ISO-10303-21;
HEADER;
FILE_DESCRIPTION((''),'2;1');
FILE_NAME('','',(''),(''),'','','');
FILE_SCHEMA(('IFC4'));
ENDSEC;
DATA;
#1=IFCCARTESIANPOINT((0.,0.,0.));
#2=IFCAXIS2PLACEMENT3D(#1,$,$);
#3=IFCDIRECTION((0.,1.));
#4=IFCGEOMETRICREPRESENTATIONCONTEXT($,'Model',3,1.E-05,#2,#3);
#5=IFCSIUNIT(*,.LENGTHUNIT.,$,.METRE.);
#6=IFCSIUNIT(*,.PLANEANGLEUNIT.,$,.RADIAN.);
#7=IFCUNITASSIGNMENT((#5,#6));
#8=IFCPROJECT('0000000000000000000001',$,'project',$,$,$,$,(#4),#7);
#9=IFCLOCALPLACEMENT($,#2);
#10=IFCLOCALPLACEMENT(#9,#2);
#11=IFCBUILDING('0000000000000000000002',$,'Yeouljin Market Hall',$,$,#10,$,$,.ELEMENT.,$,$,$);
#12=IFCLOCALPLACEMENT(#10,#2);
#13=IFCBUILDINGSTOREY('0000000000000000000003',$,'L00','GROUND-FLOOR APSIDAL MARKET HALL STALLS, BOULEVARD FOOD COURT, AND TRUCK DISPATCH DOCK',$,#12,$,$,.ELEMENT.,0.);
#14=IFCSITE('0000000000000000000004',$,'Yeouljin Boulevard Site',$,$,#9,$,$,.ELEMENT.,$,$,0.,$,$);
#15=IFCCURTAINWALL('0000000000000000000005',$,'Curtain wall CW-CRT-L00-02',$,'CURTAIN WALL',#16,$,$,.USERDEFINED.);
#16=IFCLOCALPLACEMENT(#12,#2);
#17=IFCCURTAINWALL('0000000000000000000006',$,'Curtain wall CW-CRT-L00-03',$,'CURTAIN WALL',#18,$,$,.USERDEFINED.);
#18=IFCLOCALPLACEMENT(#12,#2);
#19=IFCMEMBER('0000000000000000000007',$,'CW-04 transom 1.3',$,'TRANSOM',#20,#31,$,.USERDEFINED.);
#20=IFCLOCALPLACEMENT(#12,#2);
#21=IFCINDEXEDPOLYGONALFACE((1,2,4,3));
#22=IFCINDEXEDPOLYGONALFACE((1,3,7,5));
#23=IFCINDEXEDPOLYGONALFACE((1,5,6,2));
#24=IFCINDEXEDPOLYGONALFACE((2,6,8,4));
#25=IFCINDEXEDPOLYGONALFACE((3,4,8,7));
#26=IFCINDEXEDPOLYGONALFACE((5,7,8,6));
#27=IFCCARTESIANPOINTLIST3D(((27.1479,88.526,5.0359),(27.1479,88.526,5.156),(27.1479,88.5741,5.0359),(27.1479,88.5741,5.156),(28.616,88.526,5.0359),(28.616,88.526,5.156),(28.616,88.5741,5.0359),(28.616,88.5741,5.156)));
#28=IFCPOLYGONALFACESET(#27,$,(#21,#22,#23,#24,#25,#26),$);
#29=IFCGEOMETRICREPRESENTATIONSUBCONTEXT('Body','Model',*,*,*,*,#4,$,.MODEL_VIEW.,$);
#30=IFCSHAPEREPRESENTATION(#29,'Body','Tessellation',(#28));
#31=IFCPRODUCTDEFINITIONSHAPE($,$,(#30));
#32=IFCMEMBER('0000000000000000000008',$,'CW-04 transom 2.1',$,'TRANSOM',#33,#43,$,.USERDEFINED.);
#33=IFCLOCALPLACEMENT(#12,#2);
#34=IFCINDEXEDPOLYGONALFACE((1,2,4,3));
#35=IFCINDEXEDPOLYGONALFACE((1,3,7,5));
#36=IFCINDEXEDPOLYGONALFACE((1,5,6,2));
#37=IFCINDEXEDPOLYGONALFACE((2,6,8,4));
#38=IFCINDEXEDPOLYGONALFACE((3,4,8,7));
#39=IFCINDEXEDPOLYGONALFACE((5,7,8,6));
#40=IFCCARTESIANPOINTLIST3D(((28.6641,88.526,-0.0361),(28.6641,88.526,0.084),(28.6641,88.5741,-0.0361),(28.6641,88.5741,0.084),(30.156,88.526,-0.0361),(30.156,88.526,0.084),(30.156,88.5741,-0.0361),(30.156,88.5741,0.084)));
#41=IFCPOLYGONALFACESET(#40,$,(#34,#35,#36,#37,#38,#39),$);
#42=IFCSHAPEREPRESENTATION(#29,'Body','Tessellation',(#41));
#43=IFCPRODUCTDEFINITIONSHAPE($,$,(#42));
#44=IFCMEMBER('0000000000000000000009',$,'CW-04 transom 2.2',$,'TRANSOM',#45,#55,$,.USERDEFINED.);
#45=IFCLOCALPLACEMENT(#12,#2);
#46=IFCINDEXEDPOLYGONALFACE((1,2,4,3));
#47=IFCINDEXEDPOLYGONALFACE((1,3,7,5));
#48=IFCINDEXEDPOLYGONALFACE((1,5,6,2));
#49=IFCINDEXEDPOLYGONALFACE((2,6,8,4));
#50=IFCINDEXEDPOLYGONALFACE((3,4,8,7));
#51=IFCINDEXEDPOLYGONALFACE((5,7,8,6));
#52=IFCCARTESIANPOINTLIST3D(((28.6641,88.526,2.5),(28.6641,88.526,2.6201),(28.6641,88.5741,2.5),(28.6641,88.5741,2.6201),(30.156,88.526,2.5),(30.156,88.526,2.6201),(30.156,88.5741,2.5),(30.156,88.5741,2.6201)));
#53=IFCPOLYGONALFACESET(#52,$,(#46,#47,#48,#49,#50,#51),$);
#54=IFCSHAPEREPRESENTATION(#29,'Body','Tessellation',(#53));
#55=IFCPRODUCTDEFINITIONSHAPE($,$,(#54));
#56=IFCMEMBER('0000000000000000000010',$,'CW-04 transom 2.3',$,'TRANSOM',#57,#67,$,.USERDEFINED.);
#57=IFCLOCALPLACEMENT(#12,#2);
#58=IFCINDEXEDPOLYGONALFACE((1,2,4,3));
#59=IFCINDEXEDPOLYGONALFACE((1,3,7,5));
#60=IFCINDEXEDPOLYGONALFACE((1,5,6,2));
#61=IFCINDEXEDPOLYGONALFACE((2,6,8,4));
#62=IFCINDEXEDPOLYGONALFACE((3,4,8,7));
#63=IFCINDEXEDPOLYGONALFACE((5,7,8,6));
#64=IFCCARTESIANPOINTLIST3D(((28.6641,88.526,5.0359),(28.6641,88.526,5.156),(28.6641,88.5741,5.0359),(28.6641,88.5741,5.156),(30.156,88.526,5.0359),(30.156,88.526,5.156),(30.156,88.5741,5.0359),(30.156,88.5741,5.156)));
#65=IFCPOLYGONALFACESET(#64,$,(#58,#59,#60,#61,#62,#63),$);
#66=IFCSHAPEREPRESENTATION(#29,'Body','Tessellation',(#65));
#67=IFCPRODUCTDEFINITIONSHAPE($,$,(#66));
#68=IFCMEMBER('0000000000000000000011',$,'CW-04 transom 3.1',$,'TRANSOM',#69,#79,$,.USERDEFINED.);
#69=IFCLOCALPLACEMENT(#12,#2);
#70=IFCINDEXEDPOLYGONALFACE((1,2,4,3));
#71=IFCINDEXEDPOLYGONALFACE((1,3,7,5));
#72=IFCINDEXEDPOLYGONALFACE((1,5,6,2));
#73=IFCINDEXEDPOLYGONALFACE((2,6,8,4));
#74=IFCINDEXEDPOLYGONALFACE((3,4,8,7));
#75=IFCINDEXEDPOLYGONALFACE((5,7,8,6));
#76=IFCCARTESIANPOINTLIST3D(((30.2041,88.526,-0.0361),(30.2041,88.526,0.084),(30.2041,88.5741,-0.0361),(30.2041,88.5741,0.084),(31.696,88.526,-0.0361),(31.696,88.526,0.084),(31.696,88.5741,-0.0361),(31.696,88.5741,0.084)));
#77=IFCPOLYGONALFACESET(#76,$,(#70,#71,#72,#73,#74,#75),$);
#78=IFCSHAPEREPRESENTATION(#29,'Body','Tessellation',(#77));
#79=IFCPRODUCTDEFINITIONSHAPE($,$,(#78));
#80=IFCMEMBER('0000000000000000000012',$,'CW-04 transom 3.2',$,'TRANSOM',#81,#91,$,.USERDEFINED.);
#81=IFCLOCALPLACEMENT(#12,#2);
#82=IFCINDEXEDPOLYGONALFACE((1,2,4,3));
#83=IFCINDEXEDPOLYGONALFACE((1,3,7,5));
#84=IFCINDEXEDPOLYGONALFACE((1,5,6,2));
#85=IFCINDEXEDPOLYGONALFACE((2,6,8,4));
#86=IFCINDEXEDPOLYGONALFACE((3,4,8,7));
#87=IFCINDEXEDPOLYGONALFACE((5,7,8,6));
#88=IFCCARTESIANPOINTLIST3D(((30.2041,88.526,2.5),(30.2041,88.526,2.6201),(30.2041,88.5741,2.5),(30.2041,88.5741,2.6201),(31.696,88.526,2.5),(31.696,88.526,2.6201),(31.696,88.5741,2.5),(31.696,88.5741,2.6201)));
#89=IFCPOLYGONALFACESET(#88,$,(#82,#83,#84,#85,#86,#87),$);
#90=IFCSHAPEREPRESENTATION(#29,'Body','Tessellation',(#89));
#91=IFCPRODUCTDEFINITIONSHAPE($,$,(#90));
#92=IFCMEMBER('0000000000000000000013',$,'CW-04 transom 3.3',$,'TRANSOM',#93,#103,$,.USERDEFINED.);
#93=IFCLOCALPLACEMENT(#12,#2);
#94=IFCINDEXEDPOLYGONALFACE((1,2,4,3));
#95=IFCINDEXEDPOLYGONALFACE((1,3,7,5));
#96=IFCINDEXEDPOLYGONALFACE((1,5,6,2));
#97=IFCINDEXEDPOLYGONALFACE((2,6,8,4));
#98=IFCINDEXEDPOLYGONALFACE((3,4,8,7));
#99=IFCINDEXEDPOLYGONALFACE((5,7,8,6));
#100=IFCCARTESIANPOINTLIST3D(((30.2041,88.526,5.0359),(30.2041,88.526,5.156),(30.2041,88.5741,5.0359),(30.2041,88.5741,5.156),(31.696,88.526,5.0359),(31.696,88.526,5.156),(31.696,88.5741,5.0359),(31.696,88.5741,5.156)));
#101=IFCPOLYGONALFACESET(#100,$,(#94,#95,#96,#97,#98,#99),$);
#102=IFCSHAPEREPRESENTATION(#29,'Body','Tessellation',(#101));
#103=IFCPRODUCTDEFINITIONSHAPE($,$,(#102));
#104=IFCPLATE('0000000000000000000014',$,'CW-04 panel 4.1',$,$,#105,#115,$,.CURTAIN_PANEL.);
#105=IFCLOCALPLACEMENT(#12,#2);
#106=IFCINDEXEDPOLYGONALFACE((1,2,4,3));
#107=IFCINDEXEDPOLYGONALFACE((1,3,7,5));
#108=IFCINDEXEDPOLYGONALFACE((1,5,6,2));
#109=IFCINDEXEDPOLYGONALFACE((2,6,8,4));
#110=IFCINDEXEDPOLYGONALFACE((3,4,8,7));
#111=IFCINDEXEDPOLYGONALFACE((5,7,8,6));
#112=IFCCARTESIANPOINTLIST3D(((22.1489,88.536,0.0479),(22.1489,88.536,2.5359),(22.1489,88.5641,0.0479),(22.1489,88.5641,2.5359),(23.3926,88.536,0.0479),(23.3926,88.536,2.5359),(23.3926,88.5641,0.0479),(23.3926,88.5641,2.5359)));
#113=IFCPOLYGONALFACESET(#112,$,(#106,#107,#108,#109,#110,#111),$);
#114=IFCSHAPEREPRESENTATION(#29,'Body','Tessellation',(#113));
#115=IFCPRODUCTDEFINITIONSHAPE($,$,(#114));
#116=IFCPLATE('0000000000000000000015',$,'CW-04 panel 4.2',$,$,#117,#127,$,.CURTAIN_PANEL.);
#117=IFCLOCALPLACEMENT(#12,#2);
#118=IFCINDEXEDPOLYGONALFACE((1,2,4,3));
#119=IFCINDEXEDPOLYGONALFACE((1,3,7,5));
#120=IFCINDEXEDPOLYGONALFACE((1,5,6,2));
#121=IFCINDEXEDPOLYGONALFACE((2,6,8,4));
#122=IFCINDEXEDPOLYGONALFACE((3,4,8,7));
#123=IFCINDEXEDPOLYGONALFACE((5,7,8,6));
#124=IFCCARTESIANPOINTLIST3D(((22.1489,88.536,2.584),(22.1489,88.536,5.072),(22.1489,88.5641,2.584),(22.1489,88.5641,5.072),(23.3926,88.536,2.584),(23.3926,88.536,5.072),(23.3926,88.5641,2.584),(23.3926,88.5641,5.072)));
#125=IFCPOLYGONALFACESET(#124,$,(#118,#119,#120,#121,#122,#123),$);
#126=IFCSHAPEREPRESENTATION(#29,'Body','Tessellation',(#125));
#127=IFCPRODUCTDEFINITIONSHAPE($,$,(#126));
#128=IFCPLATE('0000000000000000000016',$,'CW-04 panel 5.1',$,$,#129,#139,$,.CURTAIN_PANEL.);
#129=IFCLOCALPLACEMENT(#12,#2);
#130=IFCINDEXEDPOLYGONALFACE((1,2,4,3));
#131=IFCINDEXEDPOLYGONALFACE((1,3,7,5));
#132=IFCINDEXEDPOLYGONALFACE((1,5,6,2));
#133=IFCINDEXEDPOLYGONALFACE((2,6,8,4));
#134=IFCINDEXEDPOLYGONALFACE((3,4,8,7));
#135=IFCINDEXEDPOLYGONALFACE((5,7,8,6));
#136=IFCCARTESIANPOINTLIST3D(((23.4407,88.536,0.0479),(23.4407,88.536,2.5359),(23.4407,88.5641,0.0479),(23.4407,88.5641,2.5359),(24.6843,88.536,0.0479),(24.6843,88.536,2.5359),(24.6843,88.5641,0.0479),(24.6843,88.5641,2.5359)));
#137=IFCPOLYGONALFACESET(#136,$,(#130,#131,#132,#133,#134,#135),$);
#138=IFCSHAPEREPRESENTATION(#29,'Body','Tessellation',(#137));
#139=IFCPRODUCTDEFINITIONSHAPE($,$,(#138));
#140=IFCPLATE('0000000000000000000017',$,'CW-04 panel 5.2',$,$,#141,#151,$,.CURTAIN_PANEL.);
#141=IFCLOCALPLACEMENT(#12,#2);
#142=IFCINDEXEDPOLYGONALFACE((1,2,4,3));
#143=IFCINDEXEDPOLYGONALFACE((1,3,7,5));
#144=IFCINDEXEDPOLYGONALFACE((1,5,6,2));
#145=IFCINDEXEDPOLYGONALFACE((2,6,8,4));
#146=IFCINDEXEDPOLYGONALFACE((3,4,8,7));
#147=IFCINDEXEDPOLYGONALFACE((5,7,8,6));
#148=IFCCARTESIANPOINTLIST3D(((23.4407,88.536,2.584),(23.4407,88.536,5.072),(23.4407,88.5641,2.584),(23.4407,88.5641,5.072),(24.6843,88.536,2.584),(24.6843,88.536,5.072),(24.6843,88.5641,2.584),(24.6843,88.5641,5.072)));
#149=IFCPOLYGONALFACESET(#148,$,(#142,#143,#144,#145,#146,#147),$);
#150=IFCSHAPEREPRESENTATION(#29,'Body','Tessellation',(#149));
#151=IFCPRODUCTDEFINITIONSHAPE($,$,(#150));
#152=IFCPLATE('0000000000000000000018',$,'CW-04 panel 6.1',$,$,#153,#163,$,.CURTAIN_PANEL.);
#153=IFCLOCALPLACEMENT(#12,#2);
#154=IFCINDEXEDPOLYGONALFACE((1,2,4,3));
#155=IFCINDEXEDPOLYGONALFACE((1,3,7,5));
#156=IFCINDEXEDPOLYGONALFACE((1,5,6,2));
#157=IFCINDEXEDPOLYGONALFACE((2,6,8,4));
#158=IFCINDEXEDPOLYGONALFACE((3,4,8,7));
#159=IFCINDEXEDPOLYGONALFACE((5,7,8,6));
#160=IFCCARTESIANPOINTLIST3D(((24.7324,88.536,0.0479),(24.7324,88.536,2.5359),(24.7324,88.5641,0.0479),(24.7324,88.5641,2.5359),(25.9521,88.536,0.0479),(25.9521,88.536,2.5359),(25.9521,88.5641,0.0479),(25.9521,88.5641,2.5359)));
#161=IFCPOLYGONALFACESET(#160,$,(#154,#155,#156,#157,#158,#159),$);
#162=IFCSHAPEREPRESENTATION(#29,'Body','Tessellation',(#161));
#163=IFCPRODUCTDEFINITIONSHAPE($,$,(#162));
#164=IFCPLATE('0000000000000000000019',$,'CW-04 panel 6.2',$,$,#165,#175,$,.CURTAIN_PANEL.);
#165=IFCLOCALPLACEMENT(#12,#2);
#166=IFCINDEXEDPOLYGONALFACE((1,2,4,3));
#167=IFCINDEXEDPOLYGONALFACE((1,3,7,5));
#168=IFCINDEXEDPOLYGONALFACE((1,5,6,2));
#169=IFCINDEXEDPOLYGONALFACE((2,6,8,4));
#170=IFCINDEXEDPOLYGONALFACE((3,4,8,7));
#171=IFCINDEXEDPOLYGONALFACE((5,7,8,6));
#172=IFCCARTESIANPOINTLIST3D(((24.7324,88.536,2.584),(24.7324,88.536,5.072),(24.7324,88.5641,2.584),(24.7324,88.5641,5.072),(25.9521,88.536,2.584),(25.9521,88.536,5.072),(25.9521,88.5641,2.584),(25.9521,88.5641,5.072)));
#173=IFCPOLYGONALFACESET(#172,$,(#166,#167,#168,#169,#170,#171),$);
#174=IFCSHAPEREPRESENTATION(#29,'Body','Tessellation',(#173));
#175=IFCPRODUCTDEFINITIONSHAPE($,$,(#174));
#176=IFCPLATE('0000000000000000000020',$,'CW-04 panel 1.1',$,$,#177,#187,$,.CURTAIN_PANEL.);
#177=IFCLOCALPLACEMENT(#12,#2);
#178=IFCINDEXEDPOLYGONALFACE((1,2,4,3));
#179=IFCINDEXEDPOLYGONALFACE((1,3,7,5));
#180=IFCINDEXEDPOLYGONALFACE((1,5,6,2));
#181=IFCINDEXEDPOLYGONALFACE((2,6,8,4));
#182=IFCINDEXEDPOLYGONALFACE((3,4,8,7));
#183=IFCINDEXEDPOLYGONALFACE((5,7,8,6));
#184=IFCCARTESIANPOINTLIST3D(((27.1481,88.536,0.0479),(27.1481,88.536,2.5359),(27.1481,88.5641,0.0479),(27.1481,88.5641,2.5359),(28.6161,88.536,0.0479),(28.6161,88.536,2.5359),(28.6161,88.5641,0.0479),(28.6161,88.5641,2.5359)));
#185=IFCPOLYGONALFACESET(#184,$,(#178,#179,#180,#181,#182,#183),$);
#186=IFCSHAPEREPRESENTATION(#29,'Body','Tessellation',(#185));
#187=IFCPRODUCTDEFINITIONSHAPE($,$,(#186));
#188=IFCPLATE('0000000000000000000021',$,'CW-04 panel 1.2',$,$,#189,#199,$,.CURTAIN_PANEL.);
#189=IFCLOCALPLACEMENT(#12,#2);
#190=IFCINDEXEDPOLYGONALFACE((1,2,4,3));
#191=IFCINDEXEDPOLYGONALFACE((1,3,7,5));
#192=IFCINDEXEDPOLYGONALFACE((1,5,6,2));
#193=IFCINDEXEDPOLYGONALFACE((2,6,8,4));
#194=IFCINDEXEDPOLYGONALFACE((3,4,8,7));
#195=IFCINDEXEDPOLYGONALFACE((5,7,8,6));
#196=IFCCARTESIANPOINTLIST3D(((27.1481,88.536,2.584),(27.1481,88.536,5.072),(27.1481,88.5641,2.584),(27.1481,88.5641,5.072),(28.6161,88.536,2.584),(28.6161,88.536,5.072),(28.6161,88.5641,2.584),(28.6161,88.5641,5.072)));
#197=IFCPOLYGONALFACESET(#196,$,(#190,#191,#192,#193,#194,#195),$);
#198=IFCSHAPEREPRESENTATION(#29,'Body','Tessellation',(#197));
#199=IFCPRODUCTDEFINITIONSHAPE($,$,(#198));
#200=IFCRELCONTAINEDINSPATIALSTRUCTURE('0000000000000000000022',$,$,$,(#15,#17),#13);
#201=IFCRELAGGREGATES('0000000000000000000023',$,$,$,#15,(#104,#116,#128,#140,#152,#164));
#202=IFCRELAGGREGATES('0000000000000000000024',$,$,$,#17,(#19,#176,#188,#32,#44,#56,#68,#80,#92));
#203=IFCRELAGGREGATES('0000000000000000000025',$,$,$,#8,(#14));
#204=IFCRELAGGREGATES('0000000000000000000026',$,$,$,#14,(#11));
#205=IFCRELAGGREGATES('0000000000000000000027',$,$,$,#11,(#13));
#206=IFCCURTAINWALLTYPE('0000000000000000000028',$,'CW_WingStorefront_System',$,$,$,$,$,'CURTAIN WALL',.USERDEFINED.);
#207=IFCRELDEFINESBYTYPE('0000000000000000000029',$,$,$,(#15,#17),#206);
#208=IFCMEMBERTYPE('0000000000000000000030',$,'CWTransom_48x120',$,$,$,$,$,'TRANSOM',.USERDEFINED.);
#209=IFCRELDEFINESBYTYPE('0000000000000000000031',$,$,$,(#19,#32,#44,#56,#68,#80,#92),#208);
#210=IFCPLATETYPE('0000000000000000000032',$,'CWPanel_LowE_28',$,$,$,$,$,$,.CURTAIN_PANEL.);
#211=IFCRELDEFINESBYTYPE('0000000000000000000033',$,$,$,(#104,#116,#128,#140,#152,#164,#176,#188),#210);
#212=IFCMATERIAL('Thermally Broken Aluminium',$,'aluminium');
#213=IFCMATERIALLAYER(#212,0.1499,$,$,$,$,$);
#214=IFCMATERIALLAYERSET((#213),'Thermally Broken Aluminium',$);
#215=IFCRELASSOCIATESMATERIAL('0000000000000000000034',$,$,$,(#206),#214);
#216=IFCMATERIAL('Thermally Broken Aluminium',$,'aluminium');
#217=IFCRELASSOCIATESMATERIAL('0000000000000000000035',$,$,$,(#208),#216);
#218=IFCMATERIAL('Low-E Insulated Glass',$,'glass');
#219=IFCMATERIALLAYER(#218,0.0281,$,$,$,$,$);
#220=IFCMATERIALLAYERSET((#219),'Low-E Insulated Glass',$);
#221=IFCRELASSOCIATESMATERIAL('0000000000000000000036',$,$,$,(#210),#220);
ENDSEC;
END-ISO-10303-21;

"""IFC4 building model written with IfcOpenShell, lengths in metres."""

from ifc_helpers import new_model, si_unit, direction, frame, origin, origin_2d, place, context, subcontext, project, spatial, rectangle, extrude, material, layer, layer_set, material_profile, profile_set, type_object, element, aggregate, save


model = new_model("IFC4")

# Units and contexts
model_context = context("Model", 3, precision=1e-05, world=origin(), true_north=direction((0.0, 1.0)))
body_context = subcontext(model_context, "Body", "Model", "MODEL_VIEW")
ifc_project = project(units=[si_unit("LENGTHUNIT", "METRE"), si_unit("PLANEANGLEUNIT", "RADIAN")], contexts=[model_context])

# Site, building, storey
site_placement = place(None, origin())
site = spatial("IfcSite", under=ifc_project, at=site_placement, Name="Yeouljin Boulevard Site", CompositionType="ELEMENT", RefElevation=0.0)
building_placement = place(site_placement, origin())
building = spatial("IfcBuilding", under=site, at=building_placement, Name="Yeouljin Market Hall", CompositionType="ELEMENT")
storey_placement = place(building_placement, origin())
storey = spatial("IfcBuildingStorey", under=building, at=storey_placement, Name="L00", Description="GROUND-FLOOR APSIDAL MARKET HALL STALLS, BOULEVARD FOOD COURT, AND TRUCK DISPATCH DOCK", CompositionType="ELEMENT", Elevation=0.0)

# Curtain walls
ifc_material_1 = material(Name="Thermally Broken Aluminium", Category="aluminium")
ifc_layer_1 = layer(ifc_material_1, 0.1499)
ifc_layer_set_1 = layer_set([ifc_layer_1], Name="Thermally Broken Aluminium")
curtain_wall_type = type_object("IfcCurtainWallType", Name="CW_WingStorefront_System", ElementType="CURTAIN WALL", PredefinedType="USERDEFINED", material=ifc_layer_set_1)
curtain_wall_1_placement = place(storey_placement, origin())
curtain_wall_1 = element("IfcCurtainWall", 1, at=curtain_wall_1_placement, inside=storey, type_object=curtain_wall_type, Name="Curtain wall CW-CRT-L00-02", ObjectType="CURTAIN WALL", PredefinedType="USERDEFINED")
curtain_wall_2_placement = place(storey_placement, origin())
curtain_wall_2 = element("IfcCurtainWall", 2, at=curtain_wall_2_placement, inside=storey, type_object=curtain_wall_type, Name="Curtain wall CW-CRT-L00-03", ObjectType="CURTAIN WALL", PredefinedType="USERDEFINED")

# Members
ifc_material_2 = material(Name="Thermally Broken Aluminium", Category="aluminium")
ifc_material_profile_1 = material_profile(ifc_material_2, rectangle(XDim=0.0481, YDim=0.1201, at=origin_2d()), Name="CW-TRAN-48x120")
ifc_profile_set_1 = profile_set([ifc_material_profile_1], Name="Thermally Broken Aluminium")
member_type_1 = type_object("IfcMemberType", Name="CWTransom_48x120", ElementType="TRANSOM", PredefinedType="USERDEFINED", material=ifc_profile_set_1)
member_1_placement = place(storey_placement, frame((27.1479, 88.55, 5.0959), z_axis=(1.0, 0.0, 0.0), x_axis=(0.0, 1.0, 0.0)))
member_1 = element("IfcMember", 3, at=member_1_placement, type_object=member_type_1, Name="CW-04 transom 1.3", ObjectType="TRANSOM", PredefinedType="USERDEFINED", context=body_context, shape_type="SweptSolid", body=[
    extrude(rectangle(XDim=0.0481, YDim=0.1201, at=origin_2d()), origin(), (0.0, 0.0, 1.0), 1.468),
])
member_2_placement = place(storey_placement, frame((28.6641, 88.55, 0.0239), z_axis=(1.0, 0.0, 0.0), x_axis=(0.0, 1.0, 0.0)))
member_2 = element("IfcMember", 4, at=member_2_placement, type_object=member_type_1, Name="CW-04 transom 2.1", ObjectType="TRANSOM", PredefinedType="USERDEFINED", context=body_context, shape_type="SweptSolid", body=[
    extrude(rectangle(XDim=0.0481, YDim=0.1201, at=origin_2d()), origin(), (0.0, 0.0, 1.0), 1.4919),
])
member_3_placement = place(storey_placement, frame((28.6641, 88.55, 2.5601), z_axis=(1.0, 0.0, 0.0), x_axis=(0.0, 1.0, 0.0)))
member_3 = element("IfcMember", 5, at=member_3_placement, type_object=member_type_1, Name="CW-04 transom 2.2", ObjectType="TRANSOM", PredefinedType="USERDEFINED", context=body_context, shape_type="SweptSolid", body=[
    extrude(rectangle(XDim=0.0481, YDim=0.1201, at=origin_2d()), origin(), (0.0, 0.0, 1.0), 1.4919),
])
member_4_placement = place(storey_placement, frame((28.6641, 88.55, 5.0959), z_axis=(1.0, 0.0, 0.0), x_axis=(0.0, 1.0, 0.0)))
member_4 = element("IfcMember", 6, at=member_4_placement, type_object=member_type_1, Name="CW-04 transom 2.3", ObjectType="TRANSOM", PredefinedType="USERDEFINED", context=body_context, shape_type="SweptSolid", body=[
    extrude(rectangle(XDim=0.0481, YDim=0.1201, at=origin_2d()), origin(), (0.0, 0.0, 1.0), 1.4919),
])
member_5_placement = place(storey_placement, frame((30.2041, 88.55, 0.0239), z_axis=(1.0, 0.0, 0.0), x_axis=(0.0, 1.0, 0.0)))
member_5 = element("IfcMember", 7, at=member_5_placement, type_object=member_type_1, Name="CW-04 transom 3.1", ObjectType="TRANSOM", PredefinedType="USERDEFINED", context=body_context, shape_type="SweptSolid", body=[
    extrude(rectangle(XDim=0.0481, YDim=0.1201, at=origin_2d()), origin(), (0.0, 0.0, 1.0), 1.4919),
])
member_6_placement = place(storey_placement, frame((30.2041, 88.55, 2.5601), z_axis=(1.0, 0.0, 0.0), x_axis=(0.0, 1.0, 0.0)))
member_6 = element("IfcMember", 8, at=member_6_placement, type_object=member_type_1, Name="CW-04 transom 3.2", ObjectType="TRANSOM", PredefinedType="USERDEFINED", context=body_context, shape_type="SweptSolid", body=[
    extrude(rectangle(XDim=0.0481, YDim=0.1201, at=origin_2d()), origin(), (0.0, 0.0, 1.0), 1.4919),
])
member_7_placement = place(storey_placement, frame((30.2041, 88.55, 5.0959), z_axis=(1.0, 0.0, 0.0), x_axis=(0.0, 1.0, 0.0)))
member_7 = element("IfcMember", 9, at=member_7_placement, type_object=member_type_1, Name="CW-04 transom 3.3", ObjectType="TRANSOM", PredefinedType="USERDEFINED", context=body_context, shape_type="SweptSolid", body=[
    extrude(rectangle(XDim=0.0481, YDim=0.1201, at=origin_2d()), origin(), (0.0, 0.0, 1.0), 1.4919),
])

# Plates
ifc_material_3 = material(Name="Low-E Insulated Glass", Category="glass")
ifc_layer_2 = layer(ifc_material_3, 0.0281)
ifc_layer_set_2 = layer_set([ifc_layer_2], Name="Low-E Insulated Glass")
plate_type = type_object("IfcPlateType", Name="CWPanel_LowE_28", PredefinedType="CURTAIN_PANEL", material=ifc_layer_set_2)
plate_1_placement = place(storey_placement, frame((22.7708, 88.55, 0.0479), z_axis=(0.0, 0.0, 1.0), x_axis=(1.0, 0.0, 0.0)))
plate_1 = element("IfcPlate", 10, at=plate_1_placement, type_object=plate_type, Name="CW-04 panel 4.1", PredefinedType="CURTAIN_PANEL", context=body_context, shape_type="SweptSolid", body=[
    extrude(rectangle(XDim=1.2437, YDim=0.0281, at=origin_2d()), origin(), (0.0, 0.0, 1.0), 2.488),
])
plate_2_placement = place(storey_placement, frame((22.7708, 88.55, 2.584), z_axis=(0.0, 0.0, 1.0), x_axis=(1.0, 0.0, 0.0)))
plate_2 = element("IfcPlate", 11, at=plate_2_placement, type_object=plate_type, Name="CW-04 panel 4.2", PredefinedType="CURTAIN_PANEL", context=body_context, shape_type="SweptSolid", body=[
    extrude(rectangle(XDim=1.2437, YDim=0.0281, at=origin_2d()), origin(), (0.0, 0.0, 1.0), 2.488),
])
plate_3_placement = place(storey_placement, frame((24.0625, 88.55, 0.0479), z_axis=(0.0, 0.0, 1.0), x_axis=(1.0, 0.0, 0.0)))
plate_3 = element("IfcPlate", 12, at=plate_3_placement, type_object=plate_type, Name="CW-04 panel 5.1", PredefinedType="CURTAIN_PANEL", context=body_context, shape_type="SweptSolid", body=[
    extrude(rectangle(XDim=1.2437, YDim=0.0281, at=origin_2d()), origin(), (0.0, 0.0, 1.0), 2.488),
])
plate_4_placement = place(storey_placement, frame((24.0625, 88.55, 2.584), z_axis=(0.0, 0.0, 1.0), x_axis=(1.0, 0.0, 0.0)))
plate_4 = element("IfcPlate", 13, at=plate_4_placement, type_object=plate_type, Name="CW-04 panel 5.2", PredefinedType="CURTAIN_PANEL", context=body_context, shape_type="SweptSolid", body=[
    extrude(rectangle(XDim=1.2437, YDim=0.0281, at=origin_2d()), origin(), (0.0, 0.0, 1.0), 2.488),
])
plate_5_placement = place(storey_placement, frame((25.3423, 88.55, 0.0479), z_axis=(0.0, 0.0, 1.0), x_axis=(1.0, 0.0, 0.0)))
plate_5 = element("IfcPlate", 14, at=plate_5_placement, type_object=plate_type, Name="CW-04 panel 6.1", PredefinedType="CURTAIN_PANEL", context=body_context, shape_type="SweptSolid", body=[
    extrude(rectangle(XDim=1.2197, YDim=0.0281, at=origin_2d()), origin(), (0.0, 0.0, 1.0), 2.488),
])
plate_6_placement = place(storey_placement, frame((25.3423, 88.55, 2.584), z_axis=(0.0, 0.0, 1.0), x_axis=(1.0, 0.0, 0.0)))
plate_6 = element("IfcPlate", 15, at=plate_6_placement, type_object=plate_type, Name="CW-04 panel 6.2", PredefinedType="CURTAIN_PANEL", context=body_context, shape_type="SweptSolid", body=[
    extrude(rectangle(XDim=1.2197, YDim=0.0281, at=origin_2d()), origin(), (0.0, 0.0, 1.0), 2.488),
])
aggregate(curtain_wall_1, [plate_1, plate_2, plate_3, plate_4, plate_5, plate_6])
plate_7_placement = place(storey_placement, frame((27.8821, 88.55, 0.0479), z_axis=(0.0, 0.0, 1.0), x_axis=(1.0, 0.0, 0.0)))
plate_7 = element("IfcPlate", 16, at=plate_7_placement, type_object=plate_type, Name="CW-04 panel 1.1", PredefinedType="CURTAIN_PANEL", context=body_context, shape_type="SweptSolid", body=[
    extrude(rectangle(XDim=1.468, YDim=0.0281, at=origin_2d()), origin(), (0.0, 0.0, 1.0), 2.488),
])
plate_8_placement = place(storey_placement, frame((27.8821, 88.55, 2.584), z_axis=(0.0, 0.0, 1.0), x_axis=(1.0, 0.0, 0.0)))
plate_8 = element("IfcPlate", 17, at=plate_8_placement, type_object=plate_type, Name="CW-04 panel 1.2", PredefinedType="CURTAIN_PANEL", context=body_context, shape_type="SweptSolid", body=[
    extrude(rectangle(XDim=1.468, YDim=0.0281, at=origin_2d()), origin(), (0.0, 0.0, 1.0), 2.488),
])
aggregate(curtain_wall_2, [member_1, plate_7, plate_8, member_2, member_3, member_4, member_5, member_6, member_7])

save(model, "model.ifc")
